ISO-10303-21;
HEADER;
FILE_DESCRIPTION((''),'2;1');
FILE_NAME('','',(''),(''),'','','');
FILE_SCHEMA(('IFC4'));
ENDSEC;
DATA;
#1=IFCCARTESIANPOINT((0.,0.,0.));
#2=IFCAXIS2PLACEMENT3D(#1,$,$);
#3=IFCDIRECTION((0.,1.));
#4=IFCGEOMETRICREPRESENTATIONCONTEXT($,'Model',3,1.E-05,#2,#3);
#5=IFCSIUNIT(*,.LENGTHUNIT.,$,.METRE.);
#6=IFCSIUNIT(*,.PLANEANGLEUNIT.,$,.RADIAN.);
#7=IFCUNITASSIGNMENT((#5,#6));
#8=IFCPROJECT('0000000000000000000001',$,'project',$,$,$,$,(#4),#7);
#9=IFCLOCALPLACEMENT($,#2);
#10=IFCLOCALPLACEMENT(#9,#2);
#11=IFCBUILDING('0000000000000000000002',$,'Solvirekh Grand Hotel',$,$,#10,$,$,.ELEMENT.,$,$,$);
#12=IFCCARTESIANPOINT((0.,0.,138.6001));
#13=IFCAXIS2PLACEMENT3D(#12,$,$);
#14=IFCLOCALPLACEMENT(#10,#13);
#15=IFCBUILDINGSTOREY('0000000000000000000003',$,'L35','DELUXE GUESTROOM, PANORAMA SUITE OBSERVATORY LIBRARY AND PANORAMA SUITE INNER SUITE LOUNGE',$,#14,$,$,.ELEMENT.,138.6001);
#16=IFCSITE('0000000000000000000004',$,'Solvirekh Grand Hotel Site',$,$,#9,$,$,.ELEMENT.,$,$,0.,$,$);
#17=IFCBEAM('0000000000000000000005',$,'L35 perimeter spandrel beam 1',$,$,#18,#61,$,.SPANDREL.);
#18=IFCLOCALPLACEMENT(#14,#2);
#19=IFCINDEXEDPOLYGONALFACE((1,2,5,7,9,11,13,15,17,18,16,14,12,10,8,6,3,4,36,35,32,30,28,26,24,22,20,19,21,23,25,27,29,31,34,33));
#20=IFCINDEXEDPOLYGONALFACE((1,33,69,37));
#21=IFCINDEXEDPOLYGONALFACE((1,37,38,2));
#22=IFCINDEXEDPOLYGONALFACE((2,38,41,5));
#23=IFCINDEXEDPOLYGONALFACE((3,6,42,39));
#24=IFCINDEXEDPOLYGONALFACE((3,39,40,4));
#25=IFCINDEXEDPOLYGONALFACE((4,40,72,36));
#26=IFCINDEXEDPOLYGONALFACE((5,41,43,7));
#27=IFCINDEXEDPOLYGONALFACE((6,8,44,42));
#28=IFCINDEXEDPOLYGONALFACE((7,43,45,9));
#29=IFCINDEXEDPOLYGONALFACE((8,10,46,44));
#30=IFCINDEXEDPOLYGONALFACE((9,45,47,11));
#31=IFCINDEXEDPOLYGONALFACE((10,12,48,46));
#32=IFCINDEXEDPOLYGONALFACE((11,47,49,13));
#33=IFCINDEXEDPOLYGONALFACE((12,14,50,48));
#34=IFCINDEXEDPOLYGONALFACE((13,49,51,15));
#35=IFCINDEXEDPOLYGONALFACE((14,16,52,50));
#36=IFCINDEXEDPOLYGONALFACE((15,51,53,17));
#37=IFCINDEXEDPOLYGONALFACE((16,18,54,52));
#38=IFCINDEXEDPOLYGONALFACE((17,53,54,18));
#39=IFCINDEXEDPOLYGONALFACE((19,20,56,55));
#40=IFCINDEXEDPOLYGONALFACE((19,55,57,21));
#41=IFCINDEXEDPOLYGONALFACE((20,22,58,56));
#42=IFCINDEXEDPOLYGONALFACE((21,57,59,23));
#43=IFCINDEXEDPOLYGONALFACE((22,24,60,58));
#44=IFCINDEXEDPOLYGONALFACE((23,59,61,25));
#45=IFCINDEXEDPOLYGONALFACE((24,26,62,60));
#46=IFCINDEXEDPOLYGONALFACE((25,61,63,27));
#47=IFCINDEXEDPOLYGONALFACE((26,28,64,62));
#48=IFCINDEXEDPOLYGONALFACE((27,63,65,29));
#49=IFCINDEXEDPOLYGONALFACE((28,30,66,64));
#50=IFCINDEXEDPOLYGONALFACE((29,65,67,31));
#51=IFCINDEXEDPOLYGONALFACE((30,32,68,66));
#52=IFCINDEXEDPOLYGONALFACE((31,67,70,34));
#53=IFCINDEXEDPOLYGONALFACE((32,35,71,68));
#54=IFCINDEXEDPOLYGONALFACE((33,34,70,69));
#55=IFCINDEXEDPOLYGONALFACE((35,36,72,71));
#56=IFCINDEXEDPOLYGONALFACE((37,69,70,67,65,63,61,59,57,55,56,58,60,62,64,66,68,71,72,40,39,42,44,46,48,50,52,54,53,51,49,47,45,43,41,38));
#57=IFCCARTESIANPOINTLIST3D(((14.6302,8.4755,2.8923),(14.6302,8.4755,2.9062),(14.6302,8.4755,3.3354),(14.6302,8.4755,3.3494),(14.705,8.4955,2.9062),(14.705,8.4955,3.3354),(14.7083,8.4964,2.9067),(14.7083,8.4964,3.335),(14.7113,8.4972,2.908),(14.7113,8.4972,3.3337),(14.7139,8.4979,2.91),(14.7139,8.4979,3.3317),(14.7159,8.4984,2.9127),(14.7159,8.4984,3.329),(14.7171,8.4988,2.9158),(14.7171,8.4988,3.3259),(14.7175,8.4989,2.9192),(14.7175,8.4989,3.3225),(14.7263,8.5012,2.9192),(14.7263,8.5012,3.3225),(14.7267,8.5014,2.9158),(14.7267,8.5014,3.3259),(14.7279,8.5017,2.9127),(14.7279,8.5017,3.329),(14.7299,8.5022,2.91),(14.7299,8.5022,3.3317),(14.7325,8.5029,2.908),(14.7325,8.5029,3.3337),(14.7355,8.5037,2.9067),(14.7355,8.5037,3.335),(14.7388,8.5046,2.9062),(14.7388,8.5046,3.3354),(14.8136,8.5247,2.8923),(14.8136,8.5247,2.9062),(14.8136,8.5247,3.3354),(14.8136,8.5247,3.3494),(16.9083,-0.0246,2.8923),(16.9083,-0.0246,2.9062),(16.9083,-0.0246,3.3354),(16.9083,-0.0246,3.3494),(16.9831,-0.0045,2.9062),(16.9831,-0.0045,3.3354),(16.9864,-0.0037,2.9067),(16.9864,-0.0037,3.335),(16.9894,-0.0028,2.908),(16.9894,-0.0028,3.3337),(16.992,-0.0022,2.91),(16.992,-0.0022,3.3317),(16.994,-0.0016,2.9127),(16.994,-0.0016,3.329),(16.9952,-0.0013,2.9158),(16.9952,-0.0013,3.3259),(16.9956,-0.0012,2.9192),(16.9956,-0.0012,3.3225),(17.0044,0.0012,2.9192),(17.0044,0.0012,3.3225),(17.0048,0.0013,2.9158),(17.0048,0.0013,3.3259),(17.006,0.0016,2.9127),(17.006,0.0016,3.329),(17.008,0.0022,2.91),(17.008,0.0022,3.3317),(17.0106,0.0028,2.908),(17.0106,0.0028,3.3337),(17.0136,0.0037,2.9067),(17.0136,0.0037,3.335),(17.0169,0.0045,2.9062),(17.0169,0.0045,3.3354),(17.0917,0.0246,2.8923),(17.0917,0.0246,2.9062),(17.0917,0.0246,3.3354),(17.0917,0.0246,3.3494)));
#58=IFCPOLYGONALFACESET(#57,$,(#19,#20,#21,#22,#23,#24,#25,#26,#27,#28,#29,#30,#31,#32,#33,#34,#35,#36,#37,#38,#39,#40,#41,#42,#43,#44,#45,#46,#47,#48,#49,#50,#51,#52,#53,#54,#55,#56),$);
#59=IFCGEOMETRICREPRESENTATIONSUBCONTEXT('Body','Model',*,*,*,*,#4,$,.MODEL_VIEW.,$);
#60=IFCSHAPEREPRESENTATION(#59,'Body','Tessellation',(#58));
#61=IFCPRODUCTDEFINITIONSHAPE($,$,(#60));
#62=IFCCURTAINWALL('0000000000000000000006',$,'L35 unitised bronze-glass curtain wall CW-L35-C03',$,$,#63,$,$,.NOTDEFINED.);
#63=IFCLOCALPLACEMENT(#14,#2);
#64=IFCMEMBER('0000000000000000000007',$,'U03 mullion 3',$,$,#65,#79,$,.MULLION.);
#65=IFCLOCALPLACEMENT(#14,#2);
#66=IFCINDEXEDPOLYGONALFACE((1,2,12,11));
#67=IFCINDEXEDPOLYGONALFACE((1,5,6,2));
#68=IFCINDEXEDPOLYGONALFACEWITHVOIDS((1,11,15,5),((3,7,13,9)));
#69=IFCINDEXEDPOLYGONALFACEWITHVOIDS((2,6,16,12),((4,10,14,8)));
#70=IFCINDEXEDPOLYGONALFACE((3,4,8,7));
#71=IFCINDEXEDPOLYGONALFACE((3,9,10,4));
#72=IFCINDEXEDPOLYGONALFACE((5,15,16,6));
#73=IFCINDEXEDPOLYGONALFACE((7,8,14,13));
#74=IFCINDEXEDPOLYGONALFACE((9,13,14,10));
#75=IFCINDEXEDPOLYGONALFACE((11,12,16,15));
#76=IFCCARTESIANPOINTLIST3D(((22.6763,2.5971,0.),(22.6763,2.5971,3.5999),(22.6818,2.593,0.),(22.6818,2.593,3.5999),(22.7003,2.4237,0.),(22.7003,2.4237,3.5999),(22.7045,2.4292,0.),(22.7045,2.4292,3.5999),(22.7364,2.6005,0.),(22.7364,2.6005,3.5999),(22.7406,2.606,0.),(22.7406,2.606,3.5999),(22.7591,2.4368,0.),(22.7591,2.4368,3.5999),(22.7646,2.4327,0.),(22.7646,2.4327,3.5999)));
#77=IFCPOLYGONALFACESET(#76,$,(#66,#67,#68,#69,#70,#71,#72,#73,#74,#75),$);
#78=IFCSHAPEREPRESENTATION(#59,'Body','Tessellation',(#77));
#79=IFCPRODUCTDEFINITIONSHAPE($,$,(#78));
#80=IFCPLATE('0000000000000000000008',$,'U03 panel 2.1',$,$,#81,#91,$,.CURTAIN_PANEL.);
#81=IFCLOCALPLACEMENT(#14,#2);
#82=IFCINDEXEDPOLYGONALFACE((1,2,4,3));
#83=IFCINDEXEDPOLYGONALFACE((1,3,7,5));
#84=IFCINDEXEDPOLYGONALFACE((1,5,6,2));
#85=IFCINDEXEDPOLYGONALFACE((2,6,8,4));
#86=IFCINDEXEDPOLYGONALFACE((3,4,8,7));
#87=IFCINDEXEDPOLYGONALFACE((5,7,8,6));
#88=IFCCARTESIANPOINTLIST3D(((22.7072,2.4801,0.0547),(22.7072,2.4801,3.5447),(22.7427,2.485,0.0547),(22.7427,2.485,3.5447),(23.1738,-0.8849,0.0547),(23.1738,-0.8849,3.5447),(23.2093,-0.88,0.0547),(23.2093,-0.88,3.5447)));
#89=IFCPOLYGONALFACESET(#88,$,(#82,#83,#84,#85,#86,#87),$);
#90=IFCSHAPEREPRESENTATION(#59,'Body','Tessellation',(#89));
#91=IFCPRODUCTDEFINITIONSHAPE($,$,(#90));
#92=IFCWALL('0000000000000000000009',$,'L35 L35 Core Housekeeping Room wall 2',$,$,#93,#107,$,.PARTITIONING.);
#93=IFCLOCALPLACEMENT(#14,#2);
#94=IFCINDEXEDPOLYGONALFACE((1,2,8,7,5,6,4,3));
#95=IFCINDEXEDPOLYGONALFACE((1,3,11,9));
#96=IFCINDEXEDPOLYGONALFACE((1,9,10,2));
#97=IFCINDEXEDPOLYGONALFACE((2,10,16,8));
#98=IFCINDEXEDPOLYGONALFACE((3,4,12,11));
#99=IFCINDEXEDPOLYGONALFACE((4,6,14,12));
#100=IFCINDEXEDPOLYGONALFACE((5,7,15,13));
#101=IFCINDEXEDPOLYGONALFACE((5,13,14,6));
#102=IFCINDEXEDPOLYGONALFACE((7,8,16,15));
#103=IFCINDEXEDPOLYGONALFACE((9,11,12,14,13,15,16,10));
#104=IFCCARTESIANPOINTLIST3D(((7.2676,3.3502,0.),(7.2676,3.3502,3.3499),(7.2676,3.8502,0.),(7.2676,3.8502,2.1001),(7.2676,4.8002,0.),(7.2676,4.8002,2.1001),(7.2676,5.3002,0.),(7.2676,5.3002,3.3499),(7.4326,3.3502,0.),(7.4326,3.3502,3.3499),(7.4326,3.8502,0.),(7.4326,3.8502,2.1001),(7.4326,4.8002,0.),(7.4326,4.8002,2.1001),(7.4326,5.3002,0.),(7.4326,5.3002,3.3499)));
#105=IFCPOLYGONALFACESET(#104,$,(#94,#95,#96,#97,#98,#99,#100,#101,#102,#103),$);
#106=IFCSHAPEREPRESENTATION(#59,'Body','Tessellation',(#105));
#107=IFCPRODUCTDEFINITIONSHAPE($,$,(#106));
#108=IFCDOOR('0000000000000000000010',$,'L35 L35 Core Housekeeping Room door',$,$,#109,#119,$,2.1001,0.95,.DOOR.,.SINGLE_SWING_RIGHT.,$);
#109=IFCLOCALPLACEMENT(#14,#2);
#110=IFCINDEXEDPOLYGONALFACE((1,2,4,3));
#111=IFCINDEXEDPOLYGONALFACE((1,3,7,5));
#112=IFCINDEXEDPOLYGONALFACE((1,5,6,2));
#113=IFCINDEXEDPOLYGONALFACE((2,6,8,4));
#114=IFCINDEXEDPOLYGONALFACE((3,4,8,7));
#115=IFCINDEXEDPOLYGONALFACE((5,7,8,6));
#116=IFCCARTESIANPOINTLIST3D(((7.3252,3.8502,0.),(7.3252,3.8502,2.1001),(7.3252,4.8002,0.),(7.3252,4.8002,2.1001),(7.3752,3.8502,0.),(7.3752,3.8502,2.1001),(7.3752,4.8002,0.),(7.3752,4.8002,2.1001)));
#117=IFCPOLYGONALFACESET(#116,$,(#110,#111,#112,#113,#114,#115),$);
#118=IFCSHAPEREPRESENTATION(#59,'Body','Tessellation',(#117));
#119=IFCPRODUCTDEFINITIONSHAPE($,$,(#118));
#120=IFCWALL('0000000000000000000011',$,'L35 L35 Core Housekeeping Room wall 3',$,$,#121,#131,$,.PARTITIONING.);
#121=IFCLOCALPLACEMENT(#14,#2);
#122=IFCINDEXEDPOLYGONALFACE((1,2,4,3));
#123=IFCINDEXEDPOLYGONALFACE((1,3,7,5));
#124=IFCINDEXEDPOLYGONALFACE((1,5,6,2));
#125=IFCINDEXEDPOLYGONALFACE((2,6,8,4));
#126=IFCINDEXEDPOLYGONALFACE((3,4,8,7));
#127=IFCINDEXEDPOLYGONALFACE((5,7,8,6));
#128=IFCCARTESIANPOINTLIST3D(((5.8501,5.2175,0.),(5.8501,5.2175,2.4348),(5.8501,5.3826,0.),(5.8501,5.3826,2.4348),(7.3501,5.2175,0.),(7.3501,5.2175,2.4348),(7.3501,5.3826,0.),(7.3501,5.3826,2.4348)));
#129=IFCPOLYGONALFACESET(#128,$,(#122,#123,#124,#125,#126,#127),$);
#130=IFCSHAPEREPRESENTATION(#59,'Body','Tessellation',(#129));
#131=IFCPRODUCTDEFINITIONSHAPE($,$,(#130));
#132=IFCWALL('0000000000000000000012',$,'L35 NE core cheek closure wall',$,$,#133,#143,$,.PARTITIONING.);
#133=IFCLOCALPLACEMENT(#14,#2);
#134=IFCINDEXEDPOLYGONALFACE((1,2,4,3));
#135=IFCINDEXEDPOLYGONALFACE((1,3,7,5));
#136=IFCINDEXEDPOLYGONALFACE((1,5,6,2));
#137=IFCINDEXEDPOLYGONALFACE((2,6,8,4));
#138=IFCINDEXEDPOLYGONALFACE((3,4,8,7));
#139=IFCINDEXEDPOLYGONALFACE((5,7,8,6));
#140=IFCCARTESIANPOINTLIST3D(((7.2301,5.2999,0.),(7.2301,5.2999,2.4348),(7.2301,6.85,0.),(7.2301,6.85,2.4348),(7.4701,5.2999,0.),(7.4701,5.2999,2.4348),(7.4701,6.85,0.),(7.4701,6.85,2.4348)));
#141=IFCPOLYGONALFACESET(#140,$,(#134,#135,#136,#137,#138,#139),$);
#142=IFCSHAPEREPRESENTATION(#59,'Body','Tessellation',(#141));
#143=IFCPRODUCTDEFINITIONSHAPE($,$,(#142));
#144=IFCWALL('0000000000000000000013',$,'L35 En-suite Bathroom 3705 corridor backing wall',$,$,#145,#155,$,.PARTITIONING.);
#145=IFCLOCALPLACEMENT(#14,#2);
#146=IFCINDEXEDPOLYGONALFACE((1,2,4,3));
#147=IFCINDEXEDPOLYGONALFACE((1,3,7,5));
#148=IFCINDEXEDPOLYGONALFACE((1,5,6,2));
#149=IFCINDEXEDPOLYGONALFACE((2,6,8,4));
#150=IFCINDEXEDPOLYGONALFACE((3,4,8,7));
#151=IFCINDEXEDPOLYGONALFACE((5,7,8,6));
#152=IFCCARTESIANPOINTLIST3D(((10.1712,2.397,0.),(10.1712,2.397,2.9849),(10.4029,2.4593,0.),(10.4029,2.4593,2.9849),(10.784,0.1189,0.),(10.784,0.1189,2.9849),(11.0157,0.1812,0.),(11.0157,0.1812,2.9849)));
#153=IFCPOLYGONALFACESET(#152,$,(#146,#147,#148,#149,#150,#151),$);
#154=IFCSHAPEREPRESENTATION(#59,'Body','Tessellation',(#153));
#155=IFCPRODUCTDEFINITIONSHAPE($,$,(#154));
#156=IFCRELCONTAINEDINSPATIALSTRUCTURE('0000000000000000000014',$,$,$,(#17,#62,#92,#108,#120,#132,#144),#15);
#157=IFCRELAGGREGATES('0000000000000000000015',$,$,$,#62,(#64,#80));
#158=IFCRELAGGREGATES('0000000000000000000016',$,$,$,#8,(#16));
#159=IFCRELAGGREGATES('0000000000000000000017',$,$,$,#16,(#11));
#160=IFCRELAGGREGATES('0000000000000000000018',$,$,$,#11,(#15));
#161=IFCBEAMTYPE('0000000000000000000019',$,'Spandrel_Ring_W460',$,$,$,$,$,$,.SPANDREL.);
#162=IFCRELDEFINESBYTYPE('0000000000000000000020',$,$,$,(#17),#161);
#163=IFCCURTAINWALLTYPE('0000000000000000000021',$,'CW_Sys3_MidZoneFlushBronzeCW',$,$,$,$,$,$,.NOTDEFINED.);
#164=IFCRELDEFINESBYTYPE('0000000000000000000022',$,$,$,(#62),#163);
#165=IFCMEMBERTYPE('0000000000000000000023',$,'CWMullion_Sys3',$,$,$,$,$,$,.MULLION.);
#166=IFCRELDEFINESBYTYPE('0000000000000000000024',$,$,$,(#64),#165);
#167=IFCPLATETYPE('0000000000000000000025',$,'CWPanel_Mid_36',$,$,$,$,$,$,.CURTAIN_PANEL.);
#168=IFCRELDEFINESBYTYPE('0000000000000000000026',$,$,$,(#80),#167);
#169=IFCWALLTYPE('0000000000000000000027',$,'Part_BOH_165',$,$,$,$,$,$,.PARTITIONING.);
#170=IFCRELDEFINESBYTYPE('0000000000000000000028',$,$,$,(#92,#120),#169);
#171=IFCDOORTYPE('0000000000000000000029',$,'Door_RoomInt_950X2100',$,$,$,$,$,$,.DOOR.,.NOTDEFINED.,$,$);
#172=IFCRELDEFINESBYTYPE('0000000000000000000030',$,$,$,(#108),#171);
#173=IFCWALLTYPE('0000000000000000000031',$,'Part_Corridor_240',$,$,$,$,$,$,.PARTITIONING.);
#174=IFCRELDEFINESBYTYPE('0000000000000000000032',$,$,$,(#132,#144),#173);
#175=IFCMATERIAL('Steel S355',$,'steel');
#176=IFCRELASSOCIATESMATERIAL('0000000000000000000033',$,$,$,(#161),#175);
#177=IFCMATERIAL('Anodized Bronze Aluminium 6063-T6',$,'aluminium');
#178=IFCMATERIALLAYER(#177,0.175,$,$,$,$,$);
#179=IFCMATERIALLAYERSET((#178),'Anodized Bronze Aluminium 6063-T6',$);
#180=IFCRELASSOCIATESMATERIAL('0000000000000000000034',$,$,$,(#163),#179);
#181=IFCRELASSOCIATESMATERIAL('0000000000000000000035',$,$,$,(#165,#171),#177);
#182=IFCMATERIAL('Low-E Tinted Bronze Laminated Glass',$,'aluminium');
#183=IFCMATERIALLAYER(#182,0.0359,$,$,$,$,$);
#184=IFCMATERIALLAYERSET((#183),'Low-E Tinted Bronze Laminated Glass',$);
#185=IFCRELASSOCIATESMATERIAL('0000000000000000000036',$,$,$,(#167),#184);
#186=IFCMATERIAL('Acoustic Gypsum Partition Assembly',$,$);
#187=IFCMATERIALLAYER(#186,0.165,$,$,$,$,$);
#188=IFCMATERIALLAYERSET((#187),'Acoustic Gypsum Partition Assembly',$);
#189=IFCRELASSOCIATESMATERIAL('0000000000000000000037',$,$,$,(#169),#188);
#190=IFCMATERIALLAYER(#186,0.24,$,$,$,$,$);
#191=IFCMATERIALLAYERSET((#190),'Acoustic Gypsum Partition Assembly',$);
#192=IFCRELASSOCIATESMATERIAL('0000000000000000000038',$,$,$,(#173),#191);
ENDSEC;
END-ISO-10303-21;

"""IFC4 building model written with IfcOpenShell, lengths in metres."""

from ifc_helpers import new_model, si_unit, direction, frame, frame_2d, origin, origin_2d, place, context, subcontext, project, spatial, rectangle, hollow_rectangle, i_section, extrude, source, transform, mapped, material, layer, layer_set, material_profile, profile_set, type_object, element, fill, aggregate, save


model = new_model("IFC4")

# Units and contexts
model_context = context("Model", 3, precision=1e-05, world=origin(), true_north=direction((0.0, 1.0)))
body_context = subcontext(model_context, "Body", "Model", "MODEL_VIEW")
ifc_project = project(units=[si_unit("LENGTHUNIT", "METRE"), si_unit("PLANEANGLEUNIT", "RADIAN")], contexts=[model_context])

# Site, building, storey
site_placement = place(None, origin())
site = spatial("IfcSite", under=ifc_project, at=site_placement, Name="Solvirekh Grand Hotel Site", CompositionType="ELEMENT", RefElevation=0.0)
building_placement = place(site_placement, origin())
building = spatial("IfcBuilding", under=site, at=building_placement, Name="Solvirekh Grand Hotel", CompositionType="ELEMENT")
storey_placement = place(building_placement, frame((0.0, 0.0, 138.6001)))
storey = spatial("IfcBuildingStorey", under=building, at=storey_placement, Name="L35", Description="DELUXE GUESTROOM, PANORAMA SUITE OBSERVATORY LIBRARY AND PANORAMA SUITE INNER SUITE LOUNGE", CompositionType="ELEMENT", Elevation=138.6001)

# Beam
ifc_material_1 = material(Name="Steel S355", Category="steel")
ifc_material_profile_1 = material_profile(ifc_material_1, i_section(OverallWidth=0.1899, OverallDepth=0.457, WebThickness=0.009, FlangeThickness=0.0139, FilletRadius=0.0129, at=origin_2d()), Name="W460X74")
ifc_profile_set_1 = profile_set([ifc_material_profile_1], Name="Steel S355")
beam_type_1 = type_object("IfcBeamType", Name="Spandrel_Ring_W460", PredefinedType="SPANDREL", material=ifc_profile_set_1)
beam_1_placement = place(storey_placement, frame((17.0, 0.0, 3.1208), z_axis=(-0.258873, 0.965911, 0.0), x_axis=(-0.965911, -0.258873, 0.0)))
element("IfcBeam", 1, at=beam_1_placement, inside=storey, type_object=beam_type_1, Name="L35 perimeter spandrel beam 1", PredefinedType="SPANDREL", context=body_context, shape_type="SweptSolid", body=[
    extrude(i_section(OverallWidth=0.1899, OverallDepth=0.457, WebThickness=0.009, FlangeThickness=0.0139, FilletRadius=0.0129, at=origin_2d()), origin(), (0.0, 0.0, 1.0), 8.8),
])

# Curtain wall, member, plate
ifc_material_2 = material(Name="Anodized Bronze Aluminium 6063-T6", Category="aluminium")
ifc_layer_1 = layer(ifc_material_2, 0.175)
ifc_layer_set_1 = layer_set([ifc_layer_1], Name="Anodized Bronze Aluminium 6063-T6")
curtain_wall_type = type_object("IfcCurtainWallType", Name="CW_Sys3_MidZoneFlushBronzeCW", PredefinedType="NOTDEFINED", material=ifc_layer_set_1)
curtain_wall_placement = place(storey_placement, origin())
curtain_wall = element("IfcCurtainWall", 2, at=curtain_wall_placement, inside=storey, type_object=curtain_wall_type, Name="L35 unitised bronze-glass curtain wall CW-L35-C03", PredefinedType="NOTDEFINED")
ifc_material_profile_2 = material_profile(ifc_material_2, hollow_rectangle(XDim=0.0649, YDim=0.175, WallThickness=0.0049, at=origin_2d()), Name="ALU RHS 175X65X5")
ifc_profile_set_2 = profile_set([ifc_material_profile_2], Name="Anodized Bronze Aluminium 6063-T6")
member_type = type_object("IfcMemberType", Name="CWMullion_Sys3", PredefinedType="MULLION", material=ifc_profile_set_2)
shared_shape_1 = source(origin(), body_context, "Body", "SweptSolid", [
    extrude(hollow_rectangle(XDim=0.0649, YDim=0.175, WallThickness=0.0049, at=origin_2d()), origin(), (0.0, 0.0, 1.0), 3.5999),
])
member_placement = place(storey_placement, frame((22.7205, 2.5149, 0.0), z_axis=(0.0, 0.0, 1.0), x_axis=(-0.990522, -0.137354, 0.0)))
member = element("IfcMember", 3, at=member_placement, type_object=member_type, Name="U03 mullion 3", PredefinedType="MULLION", context=body_context, shape_type="MappedRepresentation", body=[
    mapped(shared_shape_1, transform((0.0, 0.0, 0.0), x_axis=(1.0, 0.0, 0.0), y_axis=(0.0, 1.0, 0.0), z_axis=(0.0, 0.0, 1.0), scale=1.0)),
])
ifc_material_3 = material(Name="Low-E Tinted Bronze Laminated Glass", Category="aluminium")
ifc_layer_2 = layer(ifc_material_3, 0.0359)
ifc_layer_set_2 = layer_set([ifc_layer_2], Name="Low-E Tinted Bronze Laminated Glass")
plate_type = type_object("IfcPlateType", Name="CWPanel_Mid_36", PredefinedType="CURTAIN_PANEL", material=ifc_layer_set_2)
shared_shape_2 = source(origin(), body_context, "Body", "SweptSolid", [
    extrude(rectangle(XDim=3.3972, YDim=0.0359, at=origin_2d()), origin(), (0.0, 0.0, 1.0), 3.49),
])
plate_placement = place(storey_placement, frame((22.9583, 0.8, 0.0547), z_axis=(0.0, 0.0, 1.0), x_axis=(-0.137354, 0.990522, 0.0)))
plate = element("IfcPlate", 4, at=plate_placement, type_object=plate_type, Name="U03 panel 2.1", PredefinedType="CURTAIN_PANEL", context=body_context, shape_type="MappedRepresentation", body=[
    mapped(shared_shape_2, transform((0.0, 0.0, 0.0), x_axis=(1.0, 0.0, 0.0), y_axis=(0.0, 1.0, 0.0), z_axis=(0.0, 0.0, 1.0), scale=1.0)),
])
aggregate(curtain_wall, [member, plate])

# Wall, opening, door
ifc_material_4 = material(Name="Acoustic Gypsum Partition Assembly")
ifc_layer_3 = layer(ifc_material_4, 0.165)
ifc_layer_set_3 = layer_set([ifc_layer_3], Name="Acoustic Gypsum Partition Assembly")
wall_type_1 = type_object("IfcWallType", Name="Part_BOH_165", PredefinedType="PARTITIONING", material=ifc_layer_set_3)
wall_1_placement = place(storey_placement, frame((7.3501, 3.3501, 0.0), z_axis=(0.0, 0.0, 1.0), x_axis=(0.0, 1.0, 0.0)))
wall_1 = element("IfcWall", 5, at=wall_1_placement, inside=storey, type_object=wall_type_1, Name="L35 L35 Core Housekeeping Room wall 2", PredefinedType="PARTITIONING", context=body_context, shape_type="SweptSolid", body=[
    extrude(rectangle(XDim=1.95, YDim=0.165, at=frame_2d((0.9751, 0.0))), origin(), (0.0, 0.0, 1.0), 3.3499),
])
opening_1_placement = place(wall_1_placement, frame((0.5, 0.0, 0.0)))
opening_1 = element("IfcOpeningElement", 6, at=opening_1_placement, cuts=wall_1, PredefinedType="OPENING", context=body_context, shape_type="SweptSolid", body=[
    extrude(rectangle(XDim=0.95, YDim=2.1001, at=frame_2d((0.4751, 1.05))), frame((0.0, 0.0925, 0.0), z_axis=(0.0, -1.0, 0.0), x_axis=(1.0, 0.0, 0.0)), (0.0, 0.0, 1.0), 0.1851),
])
door_type_1 = type_object("IfcDoorType", Name="Door_RoomInt_950X2100", OperationType="NOTDEFINED", PredefinedType="DOOR", material=ifc_material_2)
door_1_placement = place(opening_1_placement, origin())
door_1 = element("IfcDoor", 7, at=door_1_placement, inside=storey, type_object=door_type_1, Name="L35 L35 Core Housekeeping Room door", OperationType="SINGLE_SWING_RIGHT", OverallHeight=2.1001, OverallWidth=0.95, PredefinedType="DOOR", context=body_context, shape_type="SweptSolid", body=[
    extrude(rectangle(XDim=0.95, YDim=2.1001, at=frame_2d((0.4751, 1.05))), frame((0.0, 0.0249, 0.0), z_axis=(0.0, -1.0, 0.0), x_axis=(1.0, 0.0, 0.0)), (0.0, 0.0, 1.0), 0.05),
])
fill(opening_1, door_1)

# Walls
wall_2_placement = place(storey_placement, frame((7.3501, 5.3, 0.0), z_axis=(0.0, 0.0, 1.0), x_axis=(-1.0, 0.0, 0.0)))
element("IfcWall", 8, at=wall_2_placement, inside=storey, type_object=wall_type_1, Name="L35 L35 Core Housekeeping Room wall 3", PredefinedType="PARTITIONING", context=body_context, shape_type="SweptSolid", body=[
    extrude(rectangle(XDim=1.5, YDim=0.165, at=frame_2d((0.75, 0.0))), origin(), (0.0, 0.0, 1.0), 2.4348),
])
ifc_layer_4 = layer(ifc_material_4, 0.24)
ifc_layer_set_4 = layer_set([ifc_layer_4], Name="Acoustic Gypsum Partition Assembly")
wall_type_2 = type_object("IfcWallType", Name="Part_Corridor_240", PredefinedType="PARTITIONING", material=ifc_layer_set_4)
wall_3_placement = place(storey_placement, frame((7.3501, 5.3, 0.0), z_axis=(0.0, 0.0, 1.0), x_axis=(0.0, 1.0, 0.0)))
element("IfcWall", 9, at=wall_3_placement, inside=storey, type_object=wall_type_2, Name="L35 NE core cheek closure wall", PredefinedType="PARTITIONING", context=body_context, shape_type="SweptSolid", body=[
    extrude(rectangle(XDim=1.55, YDim=0.24, at=frame_2d((0.7749, 0.0))), origin(), (0.0, 0.0, 1.0), 2.4348),
])
wall_4_placement = place(storey_placement, frame((10.8999, 0.1499, 0.0), z_axis=(0.0, 0.0, 1.0), x_axis=(-0.259762, 0.965673, 0.0)))
element("IfcWall", 10, at=wall_4_placement, inside=storey, type_object=wall_type_2, Name="L35 En-suite Bathroom 3705 corridor backing wall", PredefinedType="PARTITIONING", context=body_context, shape_type="SweptSolid", body=[
    extrude(rectangle(XDim=2.3591, YDim=0.24, at=frame_2d((1.1797, 0.0))), origin(), (0.0, 0.0, 1.0), 2.9849),
])

save(model, "model.ifc")
